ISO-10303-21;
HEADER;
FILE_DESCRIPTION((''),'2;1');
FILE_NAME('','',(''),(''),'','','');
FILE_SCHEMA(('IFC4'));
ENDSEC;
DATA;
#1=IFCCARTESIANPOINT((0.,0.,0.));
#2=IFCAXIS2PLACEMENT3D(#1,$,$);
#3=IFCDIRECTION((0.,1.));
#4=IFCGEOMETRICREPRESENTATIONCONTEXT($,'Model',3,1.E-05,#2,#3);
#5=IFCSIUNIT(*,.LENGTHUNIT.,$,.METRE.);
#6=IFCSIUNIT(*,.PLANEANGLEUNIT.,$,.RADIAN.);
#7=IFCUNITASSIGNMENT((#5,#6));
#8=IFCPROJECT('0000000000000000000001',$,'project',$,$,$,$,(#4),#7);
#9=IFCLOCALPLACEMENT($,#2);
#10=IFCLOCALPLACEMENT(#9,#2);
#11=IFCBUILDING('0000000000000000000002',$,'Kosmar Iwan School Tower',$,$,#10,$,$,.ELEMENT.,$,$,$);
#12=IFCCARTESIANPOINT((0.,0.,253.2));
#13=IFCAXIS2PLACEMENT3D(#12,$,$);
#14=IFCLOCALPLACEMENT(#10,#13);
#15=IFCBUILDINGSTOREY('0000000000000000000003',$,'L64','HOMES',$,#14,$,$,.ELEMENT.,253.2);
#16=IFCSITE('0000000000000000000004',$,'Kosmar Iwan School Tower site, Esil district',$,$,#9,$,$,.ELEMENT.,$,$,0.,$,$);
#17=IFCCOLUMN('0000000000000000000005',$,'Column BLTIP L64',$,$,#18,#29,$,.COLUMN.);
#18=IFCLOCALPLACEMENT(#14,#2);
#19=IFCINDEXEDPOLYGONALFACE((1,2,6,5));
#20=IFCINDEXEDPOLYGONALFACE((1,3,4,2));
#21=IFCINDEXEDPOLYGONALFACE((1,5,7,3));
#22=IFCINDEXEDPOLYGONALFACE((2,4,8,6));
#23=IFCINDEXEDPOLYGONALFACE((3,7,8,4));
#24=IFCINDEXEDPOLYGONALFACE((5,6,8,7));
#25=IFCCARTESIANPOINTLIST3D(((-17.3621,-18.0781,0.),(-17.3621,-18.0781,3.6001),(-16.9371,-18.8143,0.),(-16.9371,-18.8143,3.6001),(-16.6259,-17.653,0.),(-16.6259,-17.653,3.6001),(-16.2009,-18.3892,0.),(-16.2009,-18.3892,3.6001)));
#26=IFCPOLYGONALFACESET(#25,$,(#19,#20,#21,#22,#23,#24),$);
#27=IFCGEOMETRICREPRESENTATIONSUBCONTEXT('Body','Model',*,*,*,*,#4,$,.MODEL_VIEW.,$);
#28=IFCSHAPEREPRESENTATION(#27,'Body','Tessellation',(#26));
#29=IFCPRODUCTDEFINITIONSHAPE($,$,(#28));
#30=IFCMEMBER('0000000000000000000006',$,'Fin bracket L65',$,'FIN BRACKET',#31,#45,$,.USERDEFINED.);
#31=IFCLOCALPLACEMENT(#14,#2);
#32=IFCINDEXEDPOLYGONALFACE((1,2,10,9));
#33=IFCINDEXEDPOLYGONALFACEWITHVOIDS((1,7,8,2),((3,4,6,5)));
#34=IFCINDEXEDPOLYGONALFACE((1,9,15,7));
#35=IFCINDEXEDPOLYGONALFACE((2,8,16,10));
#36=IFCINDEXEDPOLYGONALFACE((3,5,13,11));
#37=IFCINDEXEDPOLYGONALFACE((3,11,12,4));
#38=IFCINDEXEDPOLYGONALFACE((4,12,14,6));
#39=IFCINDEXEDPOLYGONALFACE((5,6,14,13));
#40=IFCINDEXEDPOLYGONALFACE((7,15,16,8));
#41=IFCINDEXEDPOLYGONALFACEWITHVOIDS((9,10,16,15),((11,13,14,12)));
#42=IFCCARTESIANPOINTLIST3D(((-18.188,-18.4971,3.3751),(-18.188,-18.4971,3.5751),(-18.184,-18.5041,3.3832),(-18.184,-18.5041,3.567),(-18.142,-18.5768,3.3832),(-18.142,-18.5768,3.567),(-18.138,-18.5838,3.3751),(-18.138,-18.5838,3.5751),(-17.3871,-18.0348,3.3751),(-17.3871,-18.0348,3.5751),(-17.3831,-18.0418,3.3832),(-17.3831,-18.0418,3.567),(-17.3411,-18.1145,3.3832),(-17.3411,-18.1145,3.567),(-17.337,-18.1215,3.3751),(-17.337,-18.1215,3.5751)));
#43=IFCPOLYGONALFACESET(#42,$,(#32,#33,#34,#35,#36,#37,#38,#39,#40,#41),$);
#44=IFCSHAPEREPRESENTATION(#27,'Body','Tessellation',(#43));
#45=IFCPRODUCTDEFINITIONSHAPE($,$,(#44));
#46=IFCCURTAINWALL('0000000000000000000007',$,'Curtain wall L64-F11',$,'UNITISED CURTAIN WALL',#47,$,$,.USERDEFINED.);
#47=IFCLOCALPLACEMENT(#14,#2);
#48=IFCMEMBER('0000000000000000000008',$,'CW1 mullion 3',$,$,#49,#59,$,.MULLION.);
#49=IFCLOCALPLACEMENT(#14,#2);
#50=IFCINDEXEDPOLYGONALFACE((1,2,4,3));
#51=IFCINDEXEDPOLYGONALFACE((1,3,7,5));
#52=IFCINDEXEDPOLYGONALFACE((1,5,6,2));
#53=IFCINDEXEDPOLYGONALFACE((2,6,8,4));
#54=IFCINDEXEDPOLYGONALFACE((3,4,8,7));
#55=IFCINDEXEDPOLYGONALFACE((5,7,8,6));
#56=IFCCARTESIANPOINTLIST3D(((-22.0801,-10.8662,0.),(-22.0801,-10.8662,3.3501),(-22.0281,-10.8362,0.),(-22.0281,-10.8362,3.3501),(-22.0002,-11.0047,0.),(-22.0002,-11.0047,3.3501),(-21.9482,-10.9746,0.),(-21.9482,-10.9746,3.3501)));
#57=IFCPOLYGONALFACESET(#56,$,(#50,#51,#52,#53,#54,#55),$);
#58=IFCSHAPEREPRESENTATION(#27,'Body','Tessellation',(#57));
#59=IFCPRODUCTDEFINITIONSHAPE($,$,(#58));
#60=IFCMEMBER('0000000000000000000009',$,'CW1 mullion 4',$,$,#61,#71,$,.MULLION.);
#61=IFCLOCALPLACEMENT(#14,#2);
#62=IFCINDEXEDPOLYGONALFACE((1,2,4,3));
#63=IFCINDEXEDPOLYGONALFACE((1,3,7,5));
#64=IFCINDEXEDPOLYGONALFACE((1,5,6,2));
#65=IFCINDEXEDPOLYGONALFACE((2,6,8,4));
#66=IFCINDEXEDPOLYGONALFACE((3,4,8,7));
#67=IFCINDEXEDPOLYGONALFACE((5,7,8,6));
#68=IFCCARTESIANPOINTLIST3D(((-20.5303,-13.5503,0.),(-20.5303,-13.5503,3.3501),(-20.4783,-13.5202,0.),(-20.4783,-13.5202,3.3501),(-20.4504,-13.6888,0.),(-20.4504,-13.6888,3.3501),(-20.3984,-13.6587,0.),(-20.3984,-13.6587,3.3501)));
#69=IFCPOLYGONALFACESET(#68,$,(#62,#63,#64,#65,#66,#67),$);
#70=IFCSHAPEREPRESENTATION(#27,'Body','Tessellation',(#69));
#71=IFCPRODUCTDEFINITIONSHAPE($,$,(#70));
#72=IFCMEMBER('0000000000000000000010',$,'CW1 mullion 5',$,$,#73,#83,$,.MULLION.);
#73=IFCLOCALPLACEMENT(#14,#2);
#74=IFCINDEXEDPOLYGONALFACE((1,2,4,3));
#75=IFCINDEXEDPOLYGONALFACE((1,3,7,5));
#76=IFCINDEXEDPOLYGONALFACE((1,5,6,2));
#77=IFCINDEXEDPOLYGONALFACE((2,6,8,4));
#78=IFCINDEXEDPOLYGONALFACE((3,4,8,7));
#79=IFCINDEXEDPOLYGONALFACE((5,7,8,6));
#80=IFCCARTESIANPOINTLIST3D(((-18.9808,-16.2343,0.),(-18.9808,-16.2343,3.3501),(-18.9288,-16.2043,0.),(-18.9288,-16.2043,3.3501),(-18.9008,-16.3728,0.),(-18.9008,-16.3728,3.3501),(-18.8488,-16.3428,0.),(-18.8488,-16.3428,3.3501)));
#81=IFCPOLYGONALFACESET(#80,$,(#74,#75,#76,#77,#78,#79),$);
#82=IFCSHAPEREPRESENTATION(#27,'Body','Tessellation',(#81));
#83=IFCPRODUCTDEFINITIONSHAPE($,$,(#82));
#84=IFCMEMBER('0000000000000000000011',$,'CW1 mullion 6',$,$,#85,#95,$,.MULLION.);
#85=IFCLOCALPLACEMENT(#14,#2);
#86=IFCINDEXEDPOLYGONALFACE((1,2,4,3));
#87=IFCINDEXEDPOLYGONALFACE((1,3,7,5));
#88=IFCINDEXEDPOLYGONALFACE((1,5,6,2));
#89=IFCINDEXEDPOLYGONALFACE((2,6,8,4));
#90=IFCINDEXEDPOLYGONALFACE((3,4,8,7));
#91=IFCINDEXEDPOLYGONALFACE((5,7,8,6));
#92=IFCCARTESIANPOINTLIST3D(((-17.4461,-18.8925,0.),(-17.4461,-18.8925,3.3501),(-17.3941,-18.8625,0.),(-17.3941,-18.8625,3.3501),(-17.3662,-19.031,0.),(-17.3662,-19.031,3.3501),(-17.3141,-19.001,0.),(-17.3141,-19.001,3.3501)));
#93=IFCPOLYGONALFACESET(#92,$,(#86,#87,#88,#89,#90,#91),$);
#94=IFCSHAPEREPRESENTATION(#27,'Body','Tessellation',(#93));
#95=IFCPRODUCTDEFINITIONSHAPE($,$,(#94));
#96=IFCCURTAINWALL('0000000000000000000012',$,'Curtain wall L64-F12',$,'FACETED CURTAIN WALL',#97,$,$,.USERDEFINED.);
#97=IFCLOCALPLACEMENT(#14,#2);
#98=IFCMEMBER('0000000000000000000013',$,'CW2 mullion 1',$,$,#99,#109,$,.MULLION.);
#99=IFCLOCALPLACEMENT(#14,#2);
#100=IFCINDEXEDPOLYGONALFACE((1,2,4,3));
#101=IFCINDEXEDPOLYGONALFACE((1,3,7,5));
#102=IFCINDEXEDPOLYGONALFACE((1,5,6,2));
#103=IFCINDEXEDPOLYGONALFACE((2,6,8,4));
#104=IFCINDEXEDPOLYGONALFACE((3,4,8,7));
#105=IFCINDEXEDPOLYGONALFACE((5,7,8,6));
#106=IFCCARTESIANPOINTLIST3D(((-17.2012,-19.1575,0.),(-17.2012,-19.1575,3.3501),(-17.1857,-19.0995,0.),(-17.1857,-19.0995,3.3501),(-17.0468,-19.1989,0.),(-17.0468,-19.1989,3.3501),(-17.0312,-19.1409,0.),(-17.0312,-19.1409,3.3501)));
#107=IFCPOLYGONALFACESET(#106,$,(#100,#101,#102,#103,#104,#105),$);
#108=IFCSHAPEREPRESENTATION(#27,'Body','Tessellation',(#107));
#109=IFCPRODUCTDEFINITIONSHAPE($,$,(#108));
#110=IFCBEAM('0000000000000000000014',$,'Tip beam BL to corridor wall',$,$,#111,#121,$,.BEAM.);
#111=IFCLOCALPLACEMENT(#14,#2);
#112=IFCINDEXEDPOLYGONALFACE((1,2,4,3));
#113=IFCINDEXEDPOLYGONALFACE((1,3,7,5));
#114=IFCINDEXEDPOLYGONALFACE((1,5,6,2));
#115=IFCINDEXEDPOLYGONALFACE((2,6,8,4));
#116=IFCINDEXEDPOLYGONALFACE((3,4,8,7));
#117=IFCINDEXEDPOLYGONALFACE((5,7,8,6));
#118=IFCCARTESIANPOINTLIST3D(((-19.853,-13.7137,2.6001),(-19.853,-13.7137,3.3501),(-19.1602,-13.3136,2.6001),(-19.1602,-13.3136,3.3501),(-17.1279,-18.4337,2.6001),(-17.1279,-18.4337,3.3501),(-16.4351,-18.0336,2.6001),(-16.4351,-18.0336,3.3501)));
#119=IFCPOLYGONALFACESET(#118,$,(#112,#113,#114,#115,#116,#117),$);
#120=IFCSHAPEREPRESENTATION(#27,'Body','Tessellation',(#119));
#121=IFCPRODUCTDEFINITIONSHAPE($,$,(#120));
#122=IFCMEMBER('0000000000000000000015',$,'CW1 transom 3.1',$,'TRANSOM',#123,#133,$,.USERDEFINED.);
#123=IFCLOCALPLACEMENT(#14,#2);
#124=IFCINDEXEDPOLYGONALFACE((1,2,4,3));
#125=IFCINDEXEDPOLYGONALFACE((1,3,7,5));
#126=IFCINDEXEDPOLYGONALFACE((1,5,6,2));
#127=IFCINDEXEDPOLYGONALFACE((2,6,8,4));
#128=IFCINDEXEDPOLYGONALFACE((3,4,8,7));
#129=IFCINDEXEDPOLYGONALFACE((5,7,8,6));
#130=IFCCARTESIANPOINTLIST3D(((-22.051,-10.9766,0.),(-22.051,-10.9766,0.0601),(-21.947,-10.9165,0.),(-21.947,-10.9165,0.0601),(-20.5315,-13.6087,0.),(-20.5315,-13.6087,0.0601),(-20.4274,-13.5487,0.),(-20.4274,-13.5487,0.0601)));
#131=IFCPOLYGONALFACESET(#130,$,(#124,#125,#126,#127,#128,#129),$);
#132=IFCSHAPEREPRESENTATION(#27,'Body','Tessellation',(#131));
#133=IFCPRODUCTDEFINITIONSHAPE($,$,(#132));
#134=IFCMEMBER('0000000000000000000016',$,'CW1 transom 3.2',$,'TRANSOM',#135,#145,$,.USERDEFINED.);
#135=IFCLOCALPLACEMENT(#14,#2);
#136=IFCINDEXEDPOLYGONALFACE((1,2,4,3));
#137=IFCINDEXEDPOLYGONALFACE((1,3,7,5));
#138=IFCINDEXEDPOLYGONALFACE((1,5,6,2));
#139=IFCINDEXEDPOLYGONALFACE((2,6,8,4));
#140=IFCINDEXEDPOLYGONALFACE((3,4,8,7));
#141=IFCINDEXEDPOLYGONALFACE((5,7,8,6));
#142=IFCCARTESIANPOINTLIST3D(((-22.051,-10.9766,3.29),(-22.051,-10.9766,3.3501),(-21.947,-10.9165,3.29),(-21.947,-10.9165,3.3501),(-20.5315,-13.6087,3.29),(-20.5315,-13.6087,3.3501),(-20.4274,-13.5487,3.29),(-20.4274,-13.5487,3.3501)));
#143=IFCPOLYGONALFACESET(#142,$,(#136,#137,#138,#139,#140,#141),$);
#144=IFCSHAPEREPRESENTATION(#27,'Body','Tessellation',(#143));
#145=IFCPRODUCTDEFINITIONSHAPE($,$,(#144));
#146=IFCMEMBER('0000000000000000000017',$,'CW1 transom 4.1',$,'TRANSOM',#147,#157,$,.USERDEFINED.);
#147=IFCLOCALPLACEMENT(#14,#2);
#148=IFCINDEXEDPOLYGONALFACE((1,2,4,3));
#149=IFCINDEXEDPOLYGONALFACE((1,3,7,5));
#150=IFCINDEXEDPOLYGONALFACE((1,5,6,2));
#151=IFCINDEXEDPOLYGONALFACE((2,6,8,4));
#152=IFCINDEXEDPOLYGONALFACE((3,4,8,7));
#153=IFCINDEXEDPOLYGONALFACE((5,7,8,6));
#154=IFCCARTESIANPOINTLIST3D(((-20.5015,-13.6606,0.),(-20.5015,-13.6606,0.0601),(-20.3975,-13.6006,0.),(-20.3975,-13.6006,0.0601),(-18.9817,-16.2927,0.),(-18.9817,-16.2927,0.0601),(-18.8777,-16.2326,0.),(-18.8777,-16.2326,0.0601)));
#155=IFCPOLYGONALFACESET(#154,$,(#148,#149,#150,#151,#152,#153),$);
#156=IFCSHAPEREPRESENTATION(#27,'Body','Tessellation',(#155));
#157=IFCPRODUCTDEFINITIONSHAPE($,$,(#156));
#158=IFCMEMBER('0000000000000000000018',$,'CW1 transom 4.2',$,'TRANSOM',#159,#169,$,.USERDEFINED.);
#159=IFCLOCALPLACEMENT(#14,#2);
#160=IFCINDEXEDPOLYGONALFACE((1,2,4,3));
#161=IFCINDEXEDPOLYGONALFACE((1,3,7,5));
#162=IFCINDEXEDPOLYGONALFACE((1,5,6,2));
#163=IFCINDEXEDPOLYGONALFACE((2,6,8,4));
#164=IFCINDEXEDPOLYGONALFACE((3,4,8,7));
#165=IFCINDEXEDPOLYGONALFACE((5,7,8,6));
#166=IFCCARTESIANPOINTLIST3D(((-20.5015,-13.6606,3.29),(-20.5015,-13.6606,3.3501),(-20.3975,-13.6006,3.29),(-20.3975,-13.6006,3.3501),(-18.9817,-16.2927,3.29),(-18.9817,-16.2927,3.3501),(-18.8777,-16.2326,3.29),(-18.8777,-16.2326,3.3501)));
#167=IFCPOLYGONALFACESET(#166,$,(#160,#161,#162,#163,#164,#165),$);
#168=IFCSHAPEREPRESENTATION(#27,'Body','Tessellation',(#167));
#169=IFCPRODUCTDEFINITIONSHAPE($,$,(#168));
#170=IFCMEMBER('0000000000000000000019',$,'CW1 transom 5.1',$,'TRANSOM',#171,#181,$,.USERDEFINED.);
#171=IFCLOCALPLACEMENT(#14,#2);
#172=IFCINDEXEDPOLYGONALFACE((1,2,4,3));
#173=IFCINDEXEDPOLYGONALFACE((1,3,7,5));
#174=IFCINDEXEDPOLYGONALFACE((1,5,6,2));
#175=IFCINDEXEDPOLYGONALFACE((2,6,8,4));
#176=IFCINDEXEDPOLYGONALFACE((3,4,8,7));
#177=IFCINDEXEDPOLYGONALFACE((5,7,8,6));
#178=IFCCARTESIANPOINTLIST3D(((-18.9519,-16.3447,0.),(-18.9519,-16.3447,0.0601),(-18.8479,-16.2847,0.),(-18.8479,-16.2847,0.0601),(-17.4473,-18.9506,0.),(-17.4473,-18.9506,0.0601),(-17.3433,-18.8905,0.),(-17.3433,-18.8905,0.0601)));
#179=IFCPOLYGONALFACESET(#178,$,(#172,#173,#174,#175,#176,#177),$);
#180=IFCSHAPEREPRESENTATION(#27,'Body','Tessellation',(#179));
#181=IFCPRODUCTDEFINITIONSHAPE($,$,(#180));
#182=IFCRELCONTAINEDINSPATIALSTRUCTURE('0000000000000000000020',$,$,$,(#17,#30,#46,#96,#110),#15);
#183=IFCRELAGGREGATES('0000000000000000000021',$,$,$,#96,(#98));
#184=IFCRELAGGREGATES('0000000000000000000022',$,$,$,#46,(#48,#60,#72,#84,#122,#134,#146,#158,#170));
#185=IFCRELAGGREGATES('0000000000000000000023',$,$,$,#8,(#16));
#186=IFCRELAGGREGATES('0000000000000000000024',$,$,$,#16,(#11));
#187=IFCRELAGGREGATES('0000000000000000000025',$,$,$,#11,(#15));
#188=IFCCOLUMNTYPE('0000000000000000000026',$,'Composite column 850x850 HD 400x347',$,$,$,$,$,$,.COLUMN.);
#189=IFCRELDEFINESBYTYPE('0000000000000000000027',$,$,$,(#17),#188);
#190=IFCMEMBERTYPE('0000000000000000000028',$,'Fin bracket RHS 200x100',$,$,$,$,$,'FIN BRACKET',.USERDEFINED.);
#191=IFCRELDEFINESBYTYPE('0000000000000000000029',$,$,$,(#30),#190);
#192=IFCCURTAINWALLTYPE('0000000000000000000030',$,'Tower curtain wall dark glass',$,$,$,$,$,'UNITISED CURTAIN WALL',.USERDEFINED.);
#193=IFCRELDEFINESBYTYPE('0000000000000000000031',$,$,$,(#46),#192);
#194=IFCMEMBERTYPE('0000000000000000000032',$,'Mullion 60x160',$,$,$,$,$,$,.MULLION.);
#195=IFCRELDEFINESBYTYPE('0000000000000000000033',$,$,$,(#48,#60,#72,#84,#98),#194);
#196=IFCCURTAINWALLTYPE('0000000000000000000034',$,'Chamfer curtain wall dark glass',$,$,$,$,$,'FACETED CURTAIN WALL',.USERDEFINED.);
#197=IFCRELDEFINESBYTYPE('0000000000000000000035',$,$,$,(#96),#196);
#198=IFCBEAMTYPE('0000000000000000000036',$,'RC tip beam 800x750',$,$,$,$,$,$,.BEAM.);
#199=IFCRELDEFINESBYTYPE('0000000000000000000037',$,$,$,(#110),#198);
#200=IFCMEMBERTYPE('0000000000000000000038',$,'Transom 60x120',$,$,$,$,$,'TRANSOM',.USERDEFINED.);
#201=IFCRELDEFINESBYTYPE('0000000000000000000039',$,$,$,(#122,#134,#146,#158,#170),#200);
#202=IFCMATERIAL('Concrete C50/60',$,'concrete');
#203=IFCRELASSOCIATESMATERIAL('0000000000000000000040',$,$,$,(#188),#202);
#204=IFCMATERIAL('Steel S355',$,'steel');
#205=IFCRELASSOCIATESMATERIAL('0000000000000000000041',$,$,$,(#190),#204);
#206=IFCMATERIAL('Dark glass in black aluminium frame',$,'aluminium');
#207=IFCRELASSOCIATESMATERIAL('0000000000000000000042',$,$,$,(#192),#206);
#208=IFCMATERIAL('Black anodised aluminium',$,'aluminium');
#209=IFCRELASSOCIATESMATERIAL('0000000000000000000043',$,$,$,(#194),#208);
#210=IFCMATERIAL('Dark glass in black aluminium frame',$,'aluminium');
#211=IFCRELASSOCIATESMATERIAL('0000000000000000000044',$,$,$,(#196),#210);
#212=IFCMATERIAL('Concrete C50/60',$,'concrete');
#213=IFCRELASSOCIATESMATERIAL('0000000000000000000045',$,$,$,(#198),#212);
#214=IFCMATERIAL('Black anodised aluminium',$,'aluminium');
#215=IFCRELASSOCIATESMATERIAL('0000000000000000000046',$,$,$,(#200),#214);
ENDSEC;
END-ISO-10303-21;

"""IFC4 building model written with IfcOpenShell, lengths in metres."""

from ifc_helpers import new_model, si_unit, direction, frame, origin, origin_2d, place, context, subcontext, project, spatial, rectangle, hollow_rectangle, extrude, material, material_profile, profile_set, type_object, element, aggregate, save


model = new_model("IFC4")

# Units and contexts
model_context = context("Model", 3, precision=1e-05, world=origin(), true_north=direction((0.0, 1.0)))
body_context = subcontext(model_context, "Body", "Model", "MODEL_VIEW")
ifc_project = project(units=[si_unit("LENGTHUNIT", "METRE"), si_unit("PLANEANGLEUNIT", "RADIAN")], contexts=[model_context])

# Site, building, storey
site_placement = place(None, origin())
site = spatial("IfcSite", under=ifc_project, at=site_placement, Name="Kosmar Iwan School Tower site, Esil district", CompositionType="ELEMENT", RefElevation=0.0)
building_placement = place(site_placement, origin())
building = spatial("IfcBuilding", under=site, at=building_placement, Name="Kosmar Iwan School Tower", CompositionType="ELEMENT")
storey_placement = place(building_placement, frame((0.0, 0.0, 253.2)))
storey = spatial("IfcBuildingStorey", under=building, at=storey_placement, Name="L64", Description="HOMES", CompositionType="ELEMENT", Elevation=253.2)

# Column
ifc_material_1 = material(Name="Concrete C50/60", Category="concrete")
ifc_material_profile_1 = material_profile(ifc_material_1, rectangle(XDim=0.8501, YDim=0.8501, at=origin_2d()), Name="RC 850x850 + HD 400x347")
ifc_profile_set_1 = profile_set([ifc_material_profile_1], Name="Concrete C50/60")
column_type = type_object("IfcColumnType", Name="Composite column 850x850 HD 400x347", PredefinedType="COLUMN", material=ifc_profile_set_1)
column_placement = place(storey_placement, frame((-16.7815, -18.2336, 0.0), z_axis=(0.0, 0.0, 1.0), x_axis=(-0.866025, -0.5, 0.0)))
element("IfcColumn", 1, at=column_placement, inside=storey, type_object=column_type, Name="Column BLTIP L64", PredefinedType="COLUMN", context=body_context, shape_type="SweptSolid", body=[
    extrude(rectangle(XDim=0.8501, YDim=0.8501, at=origin_2d()), origin(), (0.0, 0.0, 1.0), 3.6001),
])

# Member
ifc_material_2 = material(Name="Steel S355", Category="steel")
ifc_material_profile_2 = material_profile(ifc_material_2, hollow_rectangle(XDim=0.1001, YDim=0.2, WallThickness=0.0081, at=origin_2d()), Name="RHS 200x100x8")
ifc_profile_set_2 = profile_set([ifc_material_profile_2], Name="Steel S355")
member_type_1 = type_object("IfcMemberType", Name="Fin bracket RHS 200x100", ElementType="FIN BRACKET", PredefinedType="USERDEFINED", material=ifc_profile_set_2)
member_1_placement = place(storey_placement, frame((-17.3621, -18.0781, 3.4751), z_axis=(-0.866058, -0.499943, 0.0), x_axis=(0.499943, -0.866058, 0.0)))
element("IfcMember", 2, at=member_1_placement, inside=storey, type_object=member_type_1, Name="Fin bracket L65", ObjectType="FIN BRACKET", PredefinedType="USERDEFINED", context=body_context, shape_type="SweptSolid", body=[
    extrude(hollow_rectangle(XDim=0.1001, YDim=0.2, WallThickness=0.0081, at=origin_2d()), origin(), (0.0, 0.0, 1.0), 0.9248),
])

# Curtain wall, members
ifc_material_3 = material(Name="Dark glass in black aluminium frame", Category="aluminium")
curtain_wall_type_1 = type_object("IfcCurtainWallType", Name="Tower curtain wall dark glass", ElementType="UNITISED CURTAIN WALL", PredefinedType="USERDEFINED", material=ifc_material_3)
curtain_wall_1_placement = place(storey_placement, origin())
curtain_wall_1 = element("IfcCurtainWall", 3, at=curtain_wall_1_placement, inside=storey, type_object=curtain_wall_type_1, Name="Curtain wall L64-F11", ObjectType="UNITISED CURTAIN WALL", PredefinedType="USERDEFINED")
ifc_material_4 = material(Name="Black anodised aluminium", Category="aluminium")
ifc_material_profile_3 = material_profile(ifc_material_4, rectangle(XDim=0.0601, YDim=0.1599, at=origin_2d()), Name="MULLION 60x160")
ifc_profile_set_3 = profile_set([ifc_material_profile_3], Name="Black anodised aluminium")
member_type_2 = type_object("IfcMemberType", Name="Mullion 60x160", PredefinedType="MULLION", material=ifc_profile_set_3)
member_2_placement = place(storey_placement, frame((-22.0142, -10.9204, 0.0), z_axis=(0.0, 0.0, 1.0), x_axis=(0.866025, 0.5, 0.0)))
member_2 = element("IfcMember", 4, at=member_2_placement, type_object=member_type_2, Name="CW1 mullion 3", PredefinedType="MULLION", context=body_context, shape_type="SweptSolid", body=[
    extrude(rectangle(XDim=0.0601, YDim=0.1599, at=origin_2d()), origin(), (0.0, 0.0, 1.0), 3.3501),
])
member_3_placement = place(storey_placement, frame((-20.4644, -13.6045, 0.0), z_axis=(0.0, 0.0, 1.0), x_axis=(0.866025, 0.5, 0.0)))
member_3 = element("IfcMember", 5, at=member_3_placement, type_object=member_type_2, Name="CW1 mullion 4", PredefinedType="MULLION", context=body_context, shape_type="SweptSolid", body=[
    extrude(rectangle(XDim=0.0601, YDim=0.1599, at=origin_2d()), origin(), (0.0, 0.0, 1.0), 3.3501),
])
member_4_placement = place(storey_placement, frame((-18.9148, -16.2886, 0.0), z_axis=(0.0, 0.0, 1.0), x_axis=(0.866025, 0.5, 0.0)))
member_4 = element("IfcMember", 6, at=member_4_placement, type_object=member_type_2, Name="CW1 mullion 5", PredefinedType="MULLION", context=body_context, shape_type="SweptSolid", body=[
    extrude(rectangle(XDim=0.0601, YDim=0.1599, at=origin_2d()), origin(), (0.0, 0.0, 1.0), 3.3501),
])
member_5_placement = place(storey_placement, frame((-17.3801, -18.9468, 0.0), z_axis=(0.0, 0.0, 1.0), x_axis=(0.866025, 0.5, 0.0)))
member_5 = element("IfcMember", 7, at=member_5_placement, type_object=member_type_2, Name="CW1 mullion 6", PredefinedType="MULLION", context=body_context, shape_type="SweptSolid", body=[
    extrude(rectangle(XDim=0.0601, YDim=0.1599, at=origin_2d()), origin(), (0.0, 0.0, 1.0), 3.3501),
])

# Curtain wall, member
ifc_material_5 = material(Name="Dark glass in black aluminium frame", Category="aluminium")
curtain_wall_type_2 = type_object("IfcCurtainWallType", Name="Chamfer curtain wall dark glass", ElementType="FACETED CURTAIN WALL", PredefinedType="USERDEFINED", material=ifc_material_5)
curtain_wall_2_placement = place(storey_placement, origin())
curtain_wall_2 = element("IfcCurtainWall", 8, at=curtain_wall_2_placement, inside=storey, type_object=curtain_wall_type_2, Name="Curtain wall L64-F12", ObjectType="FACETED CURTAIN WALL", PredefinedType="USERDEFINED")
member_6_placement = place(storey_placement, frame((-17.1162, -19.1492, 0.0), z_axis=(0.0, 0.0, 1.0), x_axis=(0.258819, 0.965926, 0.0)))
member_6 = element("IfcMember", 9, at=member_6_placement, type_object=member_type_2, Name="CW2 mullion 1", PredefinedType="MULLION", context=body_context, shape_type="SweptSolid", body=[
    extrude(rectangle(XDim=0.0601, YDim=0.1599, at=origin_2d()), origin(), (0.0, 0.0, 1.0), 3.3501),
])

# Beam
ifc_material_6 = material(Name="Concrete C50/60", Category="concrete")
ifc_material_profile_4 = material_profile(ifc_material_6, rectangle(XDim=0.8, YDim=0.75, at=origin_2d()), Name="RC 800x750")
ifc_profile_set_4 = profile_set([ifc_material_profile_4], Name="Concrete C50/60")
beam_type = type_object("IfcBeamType", Name="RC tip beam 800x750", PredefinedType="BEAM", material=ifc_profile_set_4)
beam_placement = place(storey_placement, frame((-16.7815, -18.2336, 2.9751), z_axis=(-0.500003, 0.866024, 0.0), x_axis=(-0.866024, -0.500003, 0.0)))
element("IfcBeam", 10, at=beam_placement, inside=storey, type_object=beam_type, Name="Tip beam BL to corridor wall", PredefinedType="BEAM", context=body_context, shape_type="SweptSolid", body=[
    extrude(rectangle(XDim=0.8, YDim=0.75, at=origin_2d()), origin(), (0.0, 0.0, 1.0), 5.4502),
])

# Members
ifc_material_7 = material(Name="Black anodised aluminium", Category="aluminium")
ifc_material_profile_5 = material_profile(ifc_material_7, rectangle(XDim=0.1201, YDim=0.0601, at=origin_2d()), Name="TRANSOM 60x120")
ifc_profile_set_5 = profile_set([ifc_material_profile_5], Name="Black anodised aluminium")
member_type_3 = type_object("IfcMemberType", Name="Transom 60x120", ElementType="TRANSOM", PredefinedType="USERDEFINED", material=ifc_profile_set_5)
member_7_placement = place(storey_placement, frame((-21.999, -10.9465, 0.03), z_axis=(0.499975, -0.86604, 0.0), x_axis=(0.86604, 0.499975, 0.0)))
member_7 = element("IfcMember", 11, at=member_7_placement, type_object=member_type_3, Name="CW1 transom 3.1", ObjectType="TRANSOM", PredefinedType="USERDEFINED", context=body_context, shape_type="SweptSolid", body=[
    extrude(rectangle(XDim=0.1201, YDim=0.0601, at=origin_2d()), origin(), (0.0, 0.0, 1.0), 3.0393),
])
member_8_placement = place(storey_placement, frame((-21.999, -10.9465, 3.3201), z_axis=(0.499975, -0.86604, 0.0), x_axis=(0.86604, 0.499975, 0.0)))
member_8 = element("IfcMember", 12, at=member_8_placement, type_object=member_type_3, Name="CW1 transom 3.2", ObjectType="TRANSOM", PredefinedType="USERDEFINED", context=body_context, shape_type="SweptSolid", body=[
    extrude(rectangle(XDim=0.1201, YDim=0.0601, at=origin_2d()), origin(), (0.0, 0.0, 1.0), 3.0393),
])
member_9_placement = place(storey_placement, frame((-20.4495, -13.6306, 0.03), z_axis=(0.500035, -0.866005, 0.0), x_axis=(0.866005, 0.500035, 0.0)))
member_9 = element("IfcMember", 13, at=member_9_placement, type_object=member_type_3, Name="CW1 transom 4.1", ObjectType="TRANSOM", PredefinedType="USERDEFINED", context=body_context, shape_type="SweptSolid", body=[
    extrude(rectangle(XDim=0.1201, YDim=0.0601, at=origin_2d()), origin(), (0.0, 0.0, 1.0), 3.0393),
])
member_10_placement = place(storey_placement, frame((-20.4495, -13.6306, 3.3201), z_axis=(0.500035, -0.866005, 0.0), x_axis=(0.866005, 0.500035, 0.0)))
member_10 = element("IfcMember", 14, at=member_10_placement, type_object=member_type_3, Name="CW1 transom 4.2", ObjectType="TRANSOM", PredefinedType="USERDEFINED", context=body_context, shape_type="SweptSolid", body=[
    extrude(rectangle(XDim=0.1201, YDim=0.0601, at=origin_2d()), origin(), (0.0, 0.0, 1.0), 3.0393),
])
member_11_placement = place(storey_placement, frame((-18.8999, -16.3147, 0.03), z_axis=(0.500022, -0.866013, 0.0), x_axis=(0.866013, 0.500022, 0.0)))
member_11 = element("IfcMember", 15, at=member_11_placement, type_object=member_type_3, Name="CW1 transom 5.1", ObjectType="TRANSOM", PredefinedType="USERDEFINED", context=body_context, shape_type="SweptSolid", body=[
    extrude(rectangle(XDim=0.1201, YDim=0.0601, at=origin_2d()), origin(), (0.0, 0.0, 1.0), 3.009),
])
aggregate(curtain_wall_2, [member_6])

aggregate(curtain_wall_1, [member_2, member_3, member_4, member_5, member_7, member_8, member_9, member_10, member_11])

save(model, "model.ifc")
